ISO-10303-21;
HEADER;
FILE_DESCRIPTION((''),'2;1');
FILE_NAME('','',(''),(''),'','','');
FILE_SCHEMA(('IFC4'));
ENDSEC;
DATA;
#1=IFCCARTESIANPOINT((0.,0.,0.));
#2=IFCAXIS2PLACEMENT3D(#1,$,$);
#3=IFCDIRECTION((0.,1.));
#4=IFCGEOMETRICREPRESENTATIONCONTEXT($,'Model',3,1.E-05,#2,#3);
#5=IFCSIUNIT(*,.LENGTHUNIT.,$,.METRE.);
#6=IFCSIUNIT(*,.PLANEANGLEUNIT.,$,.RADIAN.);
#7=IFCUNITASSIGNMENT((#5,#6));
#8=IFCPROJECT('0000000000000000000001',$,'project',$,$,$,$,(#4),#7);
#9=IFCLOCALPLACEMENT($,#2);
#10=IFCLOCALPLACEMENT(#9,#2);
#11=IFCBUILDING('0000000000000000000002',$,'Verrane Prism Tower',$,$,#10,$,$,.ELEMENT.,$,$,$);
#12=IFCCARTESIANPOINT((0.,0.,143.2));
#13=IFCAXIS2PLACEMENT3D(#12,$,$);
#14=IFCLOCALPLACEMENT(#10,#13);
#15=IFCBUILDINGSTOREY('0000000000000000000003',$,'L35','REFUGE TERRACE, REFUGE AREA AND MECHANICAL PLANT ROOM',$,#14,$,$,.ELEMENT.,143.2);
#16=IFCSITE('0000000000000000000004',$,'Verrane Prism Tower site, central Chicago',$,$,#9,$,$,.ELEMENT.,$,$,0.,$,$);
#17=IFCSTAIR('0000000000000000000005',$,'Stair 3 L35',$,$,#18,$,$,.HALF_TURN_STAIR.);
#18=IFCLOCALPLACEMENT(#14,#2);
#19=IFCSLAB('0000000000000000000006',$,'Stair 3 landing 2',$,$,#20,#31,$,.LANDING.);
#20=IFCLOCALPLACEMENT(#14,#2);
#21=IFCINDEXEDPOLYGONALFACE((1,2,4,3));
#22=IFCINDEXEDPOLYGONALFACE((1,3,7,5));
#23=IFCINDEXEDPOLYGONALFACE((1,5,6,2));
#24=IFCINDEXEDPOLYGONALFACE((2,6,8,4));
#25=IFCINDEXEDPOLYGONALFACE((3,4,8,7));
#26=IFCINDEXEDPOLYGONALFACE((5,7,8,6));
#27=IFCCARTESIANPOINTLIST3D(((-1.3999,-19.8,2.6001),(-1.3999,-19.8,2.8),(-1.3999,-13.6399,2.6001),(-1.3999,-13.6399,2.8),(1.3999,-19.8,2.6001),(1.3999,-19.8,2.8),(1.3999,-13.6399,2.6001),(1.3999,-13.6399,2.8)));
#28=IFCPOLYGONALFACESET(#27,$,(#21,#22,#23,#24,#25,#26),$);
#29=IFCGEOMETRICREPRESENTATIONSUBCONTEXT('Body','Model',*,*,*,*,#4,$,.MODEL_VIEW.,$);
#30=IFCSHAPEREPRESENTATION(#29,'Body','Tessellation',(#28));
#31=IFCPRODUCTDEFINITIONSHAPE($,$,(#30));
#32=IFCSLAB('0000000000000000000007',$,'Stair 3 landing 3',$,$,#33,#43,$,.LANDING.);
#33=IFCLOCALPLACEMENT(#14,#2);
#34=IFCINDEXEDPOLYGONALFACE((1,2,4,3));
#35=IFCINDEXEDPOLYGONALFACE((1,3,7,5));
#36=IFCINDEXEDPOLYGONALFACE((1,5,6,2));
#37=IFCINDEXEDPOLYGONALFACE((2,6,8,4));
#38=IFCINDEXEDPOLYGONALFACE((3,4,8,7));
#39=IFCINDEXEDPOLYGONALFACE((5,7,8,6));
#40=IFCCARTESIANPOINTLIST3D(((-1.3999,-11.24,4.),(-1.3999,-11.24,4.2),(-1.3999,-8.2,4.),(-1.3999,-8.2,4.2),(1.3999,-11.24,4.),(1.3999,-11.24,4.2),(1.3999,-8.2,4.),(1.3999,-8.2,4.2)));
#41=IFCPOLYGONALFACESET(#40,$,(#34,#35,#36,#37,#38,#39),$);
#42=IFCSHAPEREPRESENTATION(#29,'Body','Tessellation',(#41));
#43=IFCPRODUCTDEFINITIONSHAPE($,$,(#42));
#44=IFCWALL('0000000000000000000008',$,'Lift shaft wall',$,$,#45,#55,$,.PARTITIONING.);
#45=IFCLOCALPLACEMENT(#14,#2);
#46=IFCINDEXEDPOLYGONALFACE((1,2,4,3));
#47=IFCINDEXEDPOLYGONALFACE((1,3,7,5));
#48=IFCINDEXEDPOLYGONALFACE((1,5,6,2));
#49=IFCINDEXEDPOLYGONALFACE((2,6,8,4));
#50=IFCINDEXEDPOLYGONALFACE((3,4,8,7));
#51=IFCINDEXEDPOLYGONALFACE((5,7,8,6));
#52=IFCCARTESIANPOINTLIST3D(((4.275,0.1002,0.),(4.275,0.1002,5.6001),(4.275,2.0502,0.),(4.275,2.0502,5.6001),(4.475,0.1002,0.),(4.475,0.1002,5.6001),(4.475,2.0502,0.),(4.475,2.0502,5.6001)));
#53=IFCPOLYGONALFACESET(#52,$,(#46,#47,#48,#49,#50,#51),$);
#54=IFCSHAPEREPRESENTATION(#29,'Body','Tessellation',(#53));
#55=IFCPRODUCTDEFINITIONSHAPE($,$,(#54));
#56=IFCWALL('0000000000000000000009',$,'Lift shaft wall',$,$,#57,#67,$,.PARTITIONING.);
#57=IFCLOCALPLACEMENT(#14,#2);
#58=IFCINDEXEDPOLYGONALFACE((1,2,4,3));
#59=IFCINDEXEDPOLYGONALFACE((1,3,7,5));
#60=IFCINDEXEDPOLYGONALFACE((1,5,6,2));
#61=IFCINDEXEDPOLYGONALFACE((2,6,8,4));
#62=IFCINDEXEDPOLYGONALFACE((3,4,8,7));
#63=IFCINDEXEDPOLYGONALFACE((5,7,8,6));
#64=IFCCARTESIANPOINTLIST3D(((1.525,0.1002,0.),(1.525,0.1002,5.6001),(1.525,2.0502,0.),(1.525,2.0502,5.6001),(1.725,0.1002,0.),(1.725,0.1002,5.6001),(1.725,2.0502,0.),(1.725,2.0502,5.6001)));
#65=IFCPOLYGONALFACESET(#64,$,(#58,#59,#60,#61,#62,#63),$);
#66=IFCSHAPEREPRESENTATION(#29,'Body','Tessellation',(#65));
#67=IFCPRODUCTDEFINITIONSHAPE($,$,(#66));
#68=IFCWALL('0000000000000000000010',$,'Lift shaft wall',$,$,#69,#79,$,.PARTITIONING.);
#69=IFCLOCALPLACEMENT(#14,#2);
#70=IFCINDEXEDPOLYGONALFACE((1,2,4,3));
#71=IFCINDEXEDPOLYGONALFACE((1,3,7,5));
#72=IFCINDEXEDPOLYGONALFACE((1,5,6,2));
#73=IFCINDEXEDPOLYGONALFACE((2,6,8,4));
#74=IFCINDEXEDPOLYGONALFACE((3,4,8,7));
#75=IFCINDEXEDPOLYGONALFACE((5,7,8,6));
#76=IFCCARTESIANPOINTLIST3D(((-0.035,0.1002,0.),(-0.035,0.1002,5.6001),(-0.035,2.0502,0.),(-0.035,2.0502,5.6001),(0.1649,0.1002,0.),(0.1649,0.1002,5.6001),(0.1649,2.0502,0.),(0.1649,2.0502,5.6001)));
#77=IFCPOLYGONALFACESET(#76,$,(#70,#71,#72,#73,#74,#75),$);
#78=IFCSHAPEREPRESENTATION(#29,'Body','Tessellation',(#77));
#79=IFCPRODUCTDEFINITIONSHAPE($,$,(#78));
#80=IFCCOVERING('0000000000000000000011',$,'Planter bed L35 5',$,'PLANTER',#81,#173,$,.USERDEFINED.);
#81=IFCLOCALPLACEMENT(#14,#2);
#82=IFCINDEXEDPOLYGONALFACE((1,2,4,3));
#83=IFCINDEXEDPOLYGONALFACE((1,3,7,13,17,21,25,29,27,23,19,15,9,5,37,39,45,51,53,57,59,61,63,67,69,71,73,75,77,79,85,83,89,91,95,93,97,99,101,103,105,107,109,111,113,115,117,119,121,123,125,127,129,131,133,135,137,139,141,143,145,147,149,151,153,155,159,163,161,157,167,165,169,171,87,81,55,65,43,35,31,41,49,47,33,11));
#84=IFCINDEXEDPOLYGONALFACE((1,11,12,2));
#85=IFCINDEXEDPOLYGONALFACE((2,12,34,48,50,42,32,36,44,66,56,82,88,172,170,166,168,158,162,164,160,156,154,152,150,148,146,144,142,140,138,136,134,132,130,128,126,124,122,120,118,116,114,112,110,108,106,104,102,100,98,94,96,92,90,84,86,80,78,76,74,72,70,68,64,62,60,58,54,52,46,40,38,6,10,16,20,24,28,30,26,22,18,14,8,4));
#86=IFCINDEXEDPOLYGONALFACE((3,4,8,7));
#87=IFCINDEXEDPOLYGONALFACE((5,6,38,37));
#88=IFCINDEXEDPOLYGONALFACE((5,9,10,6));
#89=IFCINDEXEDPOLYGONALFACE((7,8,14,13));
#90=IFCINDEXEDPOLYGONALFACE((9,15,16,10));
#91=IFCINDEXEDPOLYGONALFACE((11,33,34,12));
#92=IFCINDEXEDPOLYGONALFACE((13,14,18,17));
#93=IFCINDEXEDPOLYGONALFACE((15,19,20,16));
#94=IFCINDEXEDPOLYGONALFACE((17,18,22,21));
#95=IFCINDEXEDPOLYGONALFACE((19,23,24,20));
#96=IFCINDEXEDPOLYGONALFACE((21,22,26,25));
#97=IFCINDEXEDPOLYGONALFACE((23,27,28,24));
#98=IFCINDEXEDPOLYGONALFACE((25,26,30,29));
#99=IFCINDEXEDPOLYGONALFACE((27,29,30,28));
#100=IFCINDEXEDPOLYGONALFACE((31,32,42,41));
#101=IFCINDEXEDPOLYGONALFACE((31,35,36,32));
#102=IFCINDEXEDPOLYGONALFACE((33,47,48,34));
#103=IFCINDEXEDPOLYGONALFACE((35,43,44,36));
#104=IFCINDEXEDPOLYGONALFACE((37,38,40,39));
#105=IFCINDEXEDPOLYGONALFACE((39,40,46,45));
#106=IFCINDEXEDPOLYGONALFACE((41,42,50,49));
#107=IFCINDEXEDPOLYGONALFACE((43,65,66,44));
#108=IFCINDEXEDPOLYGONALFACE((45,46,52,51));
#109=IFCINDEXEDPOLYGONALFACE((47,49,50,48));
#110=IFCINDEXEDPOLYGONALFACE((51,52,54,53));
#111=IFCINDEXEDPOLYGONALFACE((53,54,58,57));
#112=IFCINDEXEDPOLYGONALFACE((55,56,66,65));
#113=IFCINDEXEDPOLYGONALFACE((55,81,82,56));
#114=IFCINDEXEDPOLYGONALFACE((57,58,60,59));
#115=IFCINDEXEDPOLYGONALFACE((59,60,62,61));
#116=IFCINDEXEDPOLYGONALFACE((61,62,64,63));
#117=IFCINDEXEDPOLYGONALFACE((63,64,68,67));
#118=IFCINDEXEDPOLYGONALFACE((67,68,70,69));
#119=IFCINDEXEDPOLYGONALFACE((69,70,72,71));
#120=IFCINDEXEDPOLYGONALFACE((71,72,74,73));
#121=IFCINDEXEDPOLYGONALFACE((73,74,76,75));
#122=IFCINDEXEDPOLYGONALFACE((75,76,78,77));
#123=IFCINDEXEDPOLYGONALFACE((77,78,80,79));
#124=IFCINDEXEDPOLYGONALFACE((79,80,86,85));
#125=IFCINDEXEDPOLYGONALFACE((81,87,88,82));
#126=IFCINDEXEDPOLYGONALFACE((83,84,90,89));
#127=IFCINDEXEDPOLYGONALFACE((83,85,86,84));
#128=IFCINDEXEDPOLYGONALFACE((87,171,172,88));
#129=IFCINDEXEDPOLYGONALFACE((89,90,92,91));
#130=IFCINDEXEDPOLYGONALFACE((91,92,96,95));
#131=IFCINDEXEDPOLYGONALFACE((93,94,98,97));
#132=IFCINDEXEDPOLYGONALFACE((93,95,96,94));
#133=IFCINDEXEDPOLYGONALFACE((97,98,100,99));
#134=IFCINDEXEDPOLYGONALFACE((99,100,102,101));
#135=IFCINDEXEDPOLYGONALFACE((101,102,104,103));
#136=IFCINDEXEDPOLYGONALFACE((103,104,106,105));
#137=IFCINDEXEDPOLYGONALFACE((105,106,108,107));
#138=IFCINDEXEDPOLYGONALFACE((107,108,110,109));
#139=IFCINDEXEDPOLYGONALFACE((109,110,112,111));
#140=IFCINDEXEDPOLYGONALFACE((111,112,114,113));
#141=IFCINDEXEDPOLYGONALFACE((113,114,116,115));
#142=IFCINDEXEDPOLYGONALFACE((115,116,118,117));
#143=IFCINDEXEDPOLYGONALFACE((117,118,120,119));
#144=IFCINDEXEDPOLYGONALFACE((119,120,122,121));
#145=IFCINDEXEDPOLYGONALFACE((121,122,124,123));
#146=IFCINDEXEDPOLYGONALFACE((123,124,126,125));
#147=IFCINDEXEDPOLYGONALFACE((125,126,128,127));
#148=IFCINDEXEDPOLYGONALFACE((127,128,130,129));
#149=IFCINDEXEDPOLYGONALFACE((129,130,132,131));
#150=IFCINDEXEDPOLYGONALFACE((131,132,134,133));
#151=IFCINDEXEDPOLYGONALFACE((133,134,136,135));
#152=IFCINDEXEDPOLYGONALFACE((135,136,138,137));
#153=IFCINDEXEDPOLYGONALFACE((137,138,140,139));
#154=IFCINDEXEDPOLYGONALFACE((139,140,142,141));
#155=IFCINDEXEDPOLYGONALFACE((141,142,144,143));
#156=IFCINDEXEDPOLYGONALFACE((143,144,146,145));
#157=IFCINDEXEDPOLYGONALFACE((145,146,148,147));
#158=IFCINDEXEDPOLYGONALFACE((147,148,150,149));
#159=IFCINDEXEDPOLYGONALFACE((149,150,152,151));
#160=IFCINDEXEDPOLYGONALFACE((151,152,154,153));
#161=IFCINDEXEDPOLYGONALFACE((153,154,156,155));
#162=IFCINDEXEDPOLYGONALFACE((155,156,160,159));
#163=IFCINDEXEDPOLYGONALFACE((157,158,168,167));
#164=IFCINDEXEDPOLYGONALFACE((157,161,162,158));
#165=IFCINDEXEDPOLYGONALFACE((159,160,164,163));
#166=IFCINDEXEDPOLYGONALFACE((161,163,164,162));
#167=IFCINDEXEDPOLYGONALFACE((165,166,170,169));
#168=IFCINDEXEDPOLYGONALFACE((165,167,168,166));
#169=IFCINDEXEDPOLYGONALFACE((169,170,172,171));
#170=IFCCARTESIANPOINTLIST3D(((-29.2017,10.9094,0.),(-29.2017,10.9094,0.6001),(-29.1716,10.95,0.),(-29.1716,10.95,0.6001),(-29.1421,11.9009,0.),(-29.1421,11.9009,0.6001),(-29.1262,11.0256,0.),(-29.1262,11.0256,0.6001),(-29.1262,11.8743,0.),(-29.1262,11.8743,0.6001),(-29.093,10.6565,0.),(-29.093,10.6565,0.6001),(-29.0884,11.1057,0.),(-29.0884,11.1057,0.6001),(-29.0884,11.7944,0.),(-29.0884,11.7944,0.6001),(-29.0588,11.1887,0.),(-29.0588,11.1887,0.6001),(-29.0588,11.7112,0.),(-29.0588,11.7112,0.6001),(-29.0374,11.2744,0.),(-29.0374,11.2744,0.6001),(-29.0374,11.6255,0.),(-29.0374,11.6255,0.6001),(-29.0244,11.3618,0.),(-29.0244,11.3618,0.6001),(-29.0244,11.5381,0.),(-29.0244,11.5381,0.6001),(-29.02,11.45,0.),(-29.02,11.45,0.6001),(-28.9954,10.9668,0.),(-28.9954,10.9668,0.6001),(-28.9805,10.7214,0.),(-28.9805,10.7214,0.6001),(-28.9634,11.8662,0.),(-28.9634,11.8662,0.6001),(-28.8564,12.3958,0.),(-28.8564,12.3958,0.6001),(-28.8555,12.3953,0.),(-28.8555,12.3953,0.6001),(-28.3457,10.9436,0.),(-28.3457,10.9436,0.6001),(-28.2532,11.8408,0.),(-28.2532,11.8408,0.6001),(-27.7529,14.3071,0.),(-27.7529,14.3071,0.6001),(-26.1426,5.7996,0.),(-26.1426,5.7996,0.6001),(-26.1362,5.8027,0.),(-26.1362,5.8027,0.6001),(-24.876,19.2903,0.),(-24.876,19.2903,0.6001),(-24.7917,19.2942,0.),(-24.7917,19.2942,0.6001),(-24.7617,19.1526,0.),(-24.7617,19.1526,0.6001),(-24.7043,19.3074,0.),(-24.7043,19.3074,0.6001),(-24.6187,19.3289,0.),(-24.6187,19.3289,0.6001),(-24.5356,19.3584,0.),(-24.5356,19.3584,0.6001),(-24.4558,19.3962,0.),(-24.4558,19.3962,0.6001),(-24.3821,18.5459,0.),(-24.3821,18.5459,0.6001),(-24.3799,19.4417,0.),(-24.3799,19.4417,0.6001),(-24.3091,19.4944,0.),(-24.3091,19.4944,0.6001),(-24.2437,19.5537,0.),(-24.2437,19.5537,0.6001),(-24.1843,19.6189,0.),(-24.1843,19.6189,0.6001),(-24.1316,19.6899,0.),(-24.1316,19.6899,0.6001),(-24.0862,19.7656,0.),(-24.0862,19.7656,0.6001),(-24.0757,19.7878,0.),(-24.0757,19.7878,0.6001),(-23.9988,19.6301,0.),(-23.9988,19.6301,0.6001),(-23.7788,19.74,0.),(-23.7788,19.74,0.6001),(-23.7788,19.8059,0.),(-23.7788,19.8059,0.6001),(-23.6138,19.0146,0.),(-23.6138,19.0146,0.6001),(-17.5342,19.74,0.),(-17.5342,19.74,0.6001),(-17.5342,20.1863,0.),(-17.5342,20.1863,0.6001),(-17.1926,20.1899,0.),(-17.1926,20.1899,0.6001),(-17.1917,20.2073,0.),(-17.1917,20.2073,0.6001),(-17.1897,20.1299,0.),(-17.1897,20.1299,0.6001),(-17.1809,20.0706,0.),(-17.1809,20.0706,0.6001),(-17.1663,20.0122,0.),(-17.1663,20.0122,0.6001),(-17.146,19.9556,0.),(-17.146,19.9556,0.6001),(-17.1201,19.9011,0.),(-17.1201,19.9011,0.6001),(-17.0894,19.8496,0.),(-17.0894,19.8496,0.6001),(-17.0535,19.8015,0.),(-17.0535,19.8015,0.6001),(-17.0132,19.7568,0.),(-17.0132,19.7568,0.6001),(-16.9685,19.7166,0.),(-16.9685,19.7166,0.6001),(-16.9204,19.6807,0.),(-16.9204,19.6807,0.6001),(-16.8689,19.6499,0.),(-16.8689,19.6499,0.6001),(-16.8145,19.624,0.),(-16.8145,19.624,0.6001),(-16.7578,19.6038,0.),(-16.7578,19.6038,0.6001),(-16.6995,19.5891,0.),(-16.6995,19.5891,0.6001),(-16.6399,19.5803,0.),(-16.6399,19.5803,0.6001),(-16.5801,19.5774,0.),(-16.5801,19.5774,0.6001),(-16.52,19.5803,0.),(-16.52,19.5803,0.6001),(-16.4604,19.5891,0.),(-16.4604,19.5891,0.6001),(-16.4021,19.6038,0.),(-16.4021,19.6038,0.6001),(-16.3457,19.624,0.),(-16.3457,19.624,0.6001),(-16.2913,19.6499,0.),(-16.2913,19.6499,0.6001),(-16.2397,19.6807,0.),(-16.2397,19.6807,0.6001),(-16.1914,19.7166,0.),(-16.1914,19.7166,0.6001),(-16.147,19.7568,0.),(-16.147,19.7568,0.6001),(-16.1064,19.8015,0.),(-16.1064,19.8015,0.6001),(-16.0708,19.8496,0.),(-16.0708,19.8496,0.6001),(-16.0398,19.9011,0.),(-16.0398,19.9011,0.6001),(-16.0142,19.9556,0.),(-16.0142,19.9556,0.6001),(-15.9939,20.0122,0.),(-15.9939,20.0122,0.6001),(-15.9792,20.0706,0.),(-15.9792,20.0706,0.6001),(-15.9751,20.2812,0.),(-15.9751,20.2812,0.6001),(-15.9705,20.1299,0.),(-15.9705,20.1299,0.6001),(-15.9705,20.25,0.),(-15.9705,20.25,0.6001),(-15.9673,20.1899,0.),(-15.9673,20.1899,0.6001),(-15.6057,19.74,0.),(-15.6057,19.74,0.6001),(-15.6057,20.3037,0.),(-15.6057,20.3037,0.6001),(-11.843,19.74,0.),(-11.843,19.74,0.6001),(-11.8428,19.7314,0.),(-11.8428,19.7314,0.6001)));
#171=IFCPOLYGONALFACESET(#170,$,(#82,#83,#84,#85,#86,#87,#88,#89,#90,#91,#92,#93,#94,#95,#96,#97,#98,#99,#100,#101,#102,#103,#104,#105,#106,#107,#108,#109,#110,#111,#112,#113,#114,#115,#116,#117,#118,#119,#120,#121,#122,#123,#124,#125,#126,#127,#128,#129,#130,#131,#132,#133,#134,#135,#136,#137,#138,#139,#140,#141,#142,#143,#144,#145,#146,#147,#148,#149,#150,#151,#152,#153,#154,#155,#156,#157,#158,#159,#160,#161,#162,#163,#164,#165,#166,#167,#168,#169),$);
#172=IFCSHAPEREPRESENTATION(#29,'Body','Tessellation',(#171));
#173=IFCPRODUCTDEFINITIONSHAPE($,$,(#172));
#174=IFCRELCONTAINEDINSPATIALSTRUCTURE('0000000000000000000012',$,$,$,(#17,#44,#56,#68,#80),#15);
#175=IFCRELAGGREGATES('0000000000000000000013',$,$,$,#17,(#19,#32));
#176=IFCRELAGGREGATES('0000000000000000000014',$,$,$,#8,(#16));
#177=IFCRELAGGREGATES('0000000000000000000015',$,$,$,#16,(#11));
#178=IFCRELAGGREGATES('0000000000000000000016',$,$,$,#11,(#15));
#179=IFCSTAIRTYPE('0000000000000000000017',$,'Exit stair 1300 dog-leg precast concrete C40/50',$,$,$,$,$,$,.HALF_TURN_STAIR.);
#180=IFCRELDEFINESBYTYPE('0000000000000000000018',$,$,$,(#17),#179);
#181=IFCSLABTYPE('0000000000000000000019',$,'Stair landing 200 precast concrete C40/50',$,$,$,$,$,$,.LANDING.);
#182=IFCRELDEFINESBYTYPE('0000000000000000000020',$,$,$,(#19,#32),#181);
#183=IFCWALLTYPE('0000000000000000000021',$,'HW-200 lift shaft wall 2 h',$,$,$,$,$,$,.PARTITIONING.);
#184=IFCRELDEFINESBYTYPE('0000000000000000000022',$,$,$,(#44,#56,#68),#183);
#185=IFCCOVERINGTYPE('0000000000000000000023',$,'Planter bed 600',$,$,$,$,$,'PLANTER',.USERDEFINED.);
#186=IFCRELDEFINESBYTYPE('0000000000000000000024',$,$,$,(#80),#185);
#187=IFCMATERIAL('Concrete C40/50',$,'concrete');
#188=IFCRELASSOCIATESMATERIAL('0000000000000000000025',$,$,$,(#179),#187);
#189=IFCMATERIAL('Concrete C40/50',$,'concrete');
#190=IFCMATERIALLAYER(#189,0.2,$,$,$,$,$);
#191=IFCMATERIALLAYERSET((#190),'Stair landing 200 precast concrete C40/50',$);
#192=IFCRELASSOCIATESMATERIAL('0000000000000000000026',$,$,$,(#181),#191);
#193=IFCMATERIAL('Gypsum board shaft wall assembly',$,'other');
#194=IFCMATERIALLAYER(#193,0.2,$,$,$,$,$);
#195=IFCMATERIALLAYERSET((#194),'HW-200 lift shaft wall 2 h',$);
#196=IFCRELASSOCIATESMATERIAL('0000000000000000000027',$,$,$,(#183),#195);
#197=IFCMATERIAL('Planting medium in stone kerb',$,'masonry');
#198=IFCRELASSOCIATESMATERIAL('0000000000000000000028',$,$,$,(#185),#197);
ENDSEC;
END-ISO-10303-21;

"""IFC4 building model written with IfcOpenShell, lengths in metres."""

from ifc_helpers import new_model, si_unit, direction, frame, frame_2d, origin, place, context, subcontext, project, spatial, polyline, rectangle, outline, extrude, material, layer, layer_set, type_object, element, aggregate, save


model = new_model("IFC4")

# Units and contexts
model_context = context("Model", 3, precision=1e-05, world=origin(), true_north=direction((0.0, 1.0)))
body_context = subcontext(model_context, "Body", "Model", "MODEL_VIEW")
ifc_project = project(units=[si_unit("LENGTHUNIT", "METRE"), si_unit("PLANEANGLEUNIT", "RADIAN")], contexts=[model_context])

# Site, building, storey
site_placement = place(None, origin())
site = spatial("IfcSite", under=ifc_project, at=site_placement, Name="Verrane Prism Tower site, central Chicago", CompositionType="ELEMENT", RefElevation=0.0)
building_placement = place(site_placement, origin())
building = spatial("IfcBuilding", under=site, at=building_placement, Name="Verrane Prism Tower", CompositionType="ELEMENT")
storey_placement = place(building_placement, frame((0.0, 0.0, 143.2)))
storey = spatial("IfcBuildingStorey", under=building, at=storey_placement, Name="L35", Description="REFUGE TERRACE, REFUGE AREA AND MECHANICAL PLANT ROOM", CompositionType="ELEMENT", Elevation=143.2)

# Stair, slabs
ifc_material_1 = material(Name="Concrete C40/50", Category="concrete")
stair_type = type_object("IfcStairType", Name="Exit stair 1300 dog-leg precast concrete C40/50", PredefinedType="HALF_TURN_STAIR", material=ifc_material_1)
ifc_material_2 = material(Name="Concrete C40/50", Category="concrete")
ifc_layer_1 = layer(ifc_material_2, 0.2)
ifc_layer_set_1 = layer_set([ifc_layer_1], Name="Stair landing 200 precast concrete C40/50")
slab_type_1 = type_object("IfcSlabType", Name="Stair landing 200 precast concrete C40/50", PredefinedType="LANDING", material=ifc_layer_set_1)
stair_1_placement = place(storey_placement, origin())
stair_1 = element("IfcStair", 1, at=stair_1_placement, inside=storey, type_object=stair_type, Name="Stair 3 L35", PredefinedType="HALF_TURN_STAIR")
slab_1_placement = place(storey_placement, frame((0.0, 0.0, 2.6001)))
slab_1 = element("IfcSlab", 2, at=slab_1_placement, type_object=slab_type_1, Name="Stair 3 landing 2", PredefinedType="LANDING", context=body_context, shape_type="SweptSolid", body=[
    extrude(outline(polyline([(1.3999, -19.8), (1.3999, -13.6399), (-1.3999, -13.6399), (-1.3999, -19.8), (1.3999, -19.8)])), origin(), (0.0, 0.0, 1.0), 0.2),
])
slab_2_placement = place(storey_placement, frame((0.0, 0.0, 4.0)))
slab_2 = element("IfcSlab", 3, at=slab_2_placement, type_object=slab_type_1, Name="Stair 3 landing 3", PredefinedType="LANDING", context=body_context, shape_type="SweptSolid", body=[
    extrude(outline(polyline([(1.3999, -11.24), (1.3999, -8.2), (-1.3999, -8.2), (-1.3999, -11.24), (1.3999, -11.24)])), origin(), (0.0, 0.0, 1.0), 0.2),
])
aggregate(stair_1, [slab_1, slab_2])

# Walls
ifc_material_3 = material(Name="Gypsum board shaft wall assembly", Category="other")
ifc_layer_2 = layer(ifc_material_3, 0.2)
ifc_layer_set_2 = layer_set([ifc_layer_2], Name="HW-200 lift shaft wall 2 h")
wall_type = type_object("IfcWallType", Name="HW-200 lift shaft wall 2 h", PredefinedType="PARTITIONING", material=ifc_layer_set_2)
for number, where, z_axis, x_axis, name in (
    (4, (4.375, 0.1001, 0.0), (0.0, 0.0, 1.0), (0.0, 1.0, 0.0), "Lift shaft wall"),
    (5, (1.625, 0.1001, 0.0), (0.0, 0.0, 1.0), (0.0, 1.0, 0.0), "Lift shaft wall"),
    (6, (0.0649, 0.1001, 0.0), (0.0, 0.0, 1.0), (0.0, 1.0, 0.0), "Lift shaft wall"),
):
    element("IfcWall", number, at=place(storey_placement, frame(where, z_axis=z_axis, x_axis=x_axis)), inside=storey, type_object=wall_type, Name=name, PredefinedType="PARTITIONING", context=body_context, shape_type="SweptSolid", body=[
        extrude(rectangle(XDim=1.95, YDim=0.2, at=frame_2d((0.9751, 0.0))), origin(), (0.0, 0.0, 1.0), 5.6001),
    ])

# Covering
ifc_material_4 = material(Name="Planting medium in stone kerb", Category="masonry")
covering_type_1 = type_object("IfcCoveringType", Name="Planter bed 600", ElementType="PLANTER", PredefinedType="USERDEFINED", material=ifc_material_4)
covering_1_placement = place(storey_placement, origin())
element("IfcCovering", 7, at=covering_1_placement, inside=storey, type_object=covering_type_1, Name="Planter bed L35 5", ObjectType="PLANTER", PredefinedType="USERDEFINED", context=body_context, shape_type="SweptSolid", body=[
    extrude(outline(polyline([(-29.093, 10.6565), (-28.9805, 10.7214), (-26.1426, 5.7996), (-26.1362, 5.8027), (-28.3457, 10.9436), (-28.9954, 10.9668), (-28.9634, 11.8662), (-28.2532, 11.8408), (-24.3821, 18.5459), (-24.7617, 19.1526), (-23.9988, 19.6301), (-23.6138, 19.0146), (-11.8428, 19.7314), (-11.843, 19.74), (-15.6057, 19.74), (-15.6057, 20.3037), (-15.9751, 20.2812), (-15.9705, 20.25), (-15.9673, 20.1899), (-15.9705, 20.1299), (-15.9792, 20.0706), (-15.9939, 20.0122), (-16.0142, 19.9556), (-16.0398, 19.9011), (-16.0708, 19.8496), (-16.1064, 19.8015), (-16.147, 19.7568), (-16.1914, 19.7166), (-16.2397, 19.6807), (-16.2913, 19.6499), (-16.3457, 19.624), (-16.4021, 19.6038), (-16.4604, 19.5891), (-16.52, 19.5803), (-16.5801, 19.5774), (-16.6399, 19.5803), (-16.6995, 19.5891), (-16.7578, 19.6038), (-16.8145, 19.624), (-16.8689, 19.6499), (-16.9204, 19.6807), (-16.9685, 19.7166), (-17.0132, 19.7568), (-17.0535, 19.8015), (-17.0894, 19.8496), (-17.1201, 19.9011), (-17.146, 19.9556), (-17.1663, 20.0122), (-17.1809, 20.0706), (-17.1897, 20.1299), (-17.1926, 20.1899), (-17.1917, 20.2073), (-17.5342, 20.1863), (-17.5342, 19.74), (-23.7788, 19.74), (-23.7788, 19.8059), (-24.0757, 19.7878), (-24.0862, 19.7656), (-24.1316, 19.6899), (-24.1843, 19.6189), (-24.2437, 19.5537), (-24.3091, 19.4944), (-24.3799, 19.4417), (-24.4558, 19.3962), (-24.5356, 19.3584), (-24.6187, 19.3289), (-24.7043, 19.3074), (-24.7917, 19.2942), (-24.876, 19.2903), (-27.7529, 14.3071), (-28.8555, 12.3953), (-28.8564, 12.3958), (-29.1421, 11.9009), (-29.1262, 11.8743), (-29.0884, 11.7944), (-29.0588, 11.7112), (-29.0374, 11.6255), (-29.0244, 11.5381), (-29.02, 11.45), (-29.0244, 11.3618), (-29.0374, 11.2744), (-29.0588, 11.1887), (-29.0884, 11.1057), (-29.1262, 11.0256), (-29.1716, 10.95), (-29.2017, 10.9094), (-29.093, 10.6565)])), origin(), (0.0, 0.0, 1.0), 0.6001),
])

save(model, "model.ifc")
